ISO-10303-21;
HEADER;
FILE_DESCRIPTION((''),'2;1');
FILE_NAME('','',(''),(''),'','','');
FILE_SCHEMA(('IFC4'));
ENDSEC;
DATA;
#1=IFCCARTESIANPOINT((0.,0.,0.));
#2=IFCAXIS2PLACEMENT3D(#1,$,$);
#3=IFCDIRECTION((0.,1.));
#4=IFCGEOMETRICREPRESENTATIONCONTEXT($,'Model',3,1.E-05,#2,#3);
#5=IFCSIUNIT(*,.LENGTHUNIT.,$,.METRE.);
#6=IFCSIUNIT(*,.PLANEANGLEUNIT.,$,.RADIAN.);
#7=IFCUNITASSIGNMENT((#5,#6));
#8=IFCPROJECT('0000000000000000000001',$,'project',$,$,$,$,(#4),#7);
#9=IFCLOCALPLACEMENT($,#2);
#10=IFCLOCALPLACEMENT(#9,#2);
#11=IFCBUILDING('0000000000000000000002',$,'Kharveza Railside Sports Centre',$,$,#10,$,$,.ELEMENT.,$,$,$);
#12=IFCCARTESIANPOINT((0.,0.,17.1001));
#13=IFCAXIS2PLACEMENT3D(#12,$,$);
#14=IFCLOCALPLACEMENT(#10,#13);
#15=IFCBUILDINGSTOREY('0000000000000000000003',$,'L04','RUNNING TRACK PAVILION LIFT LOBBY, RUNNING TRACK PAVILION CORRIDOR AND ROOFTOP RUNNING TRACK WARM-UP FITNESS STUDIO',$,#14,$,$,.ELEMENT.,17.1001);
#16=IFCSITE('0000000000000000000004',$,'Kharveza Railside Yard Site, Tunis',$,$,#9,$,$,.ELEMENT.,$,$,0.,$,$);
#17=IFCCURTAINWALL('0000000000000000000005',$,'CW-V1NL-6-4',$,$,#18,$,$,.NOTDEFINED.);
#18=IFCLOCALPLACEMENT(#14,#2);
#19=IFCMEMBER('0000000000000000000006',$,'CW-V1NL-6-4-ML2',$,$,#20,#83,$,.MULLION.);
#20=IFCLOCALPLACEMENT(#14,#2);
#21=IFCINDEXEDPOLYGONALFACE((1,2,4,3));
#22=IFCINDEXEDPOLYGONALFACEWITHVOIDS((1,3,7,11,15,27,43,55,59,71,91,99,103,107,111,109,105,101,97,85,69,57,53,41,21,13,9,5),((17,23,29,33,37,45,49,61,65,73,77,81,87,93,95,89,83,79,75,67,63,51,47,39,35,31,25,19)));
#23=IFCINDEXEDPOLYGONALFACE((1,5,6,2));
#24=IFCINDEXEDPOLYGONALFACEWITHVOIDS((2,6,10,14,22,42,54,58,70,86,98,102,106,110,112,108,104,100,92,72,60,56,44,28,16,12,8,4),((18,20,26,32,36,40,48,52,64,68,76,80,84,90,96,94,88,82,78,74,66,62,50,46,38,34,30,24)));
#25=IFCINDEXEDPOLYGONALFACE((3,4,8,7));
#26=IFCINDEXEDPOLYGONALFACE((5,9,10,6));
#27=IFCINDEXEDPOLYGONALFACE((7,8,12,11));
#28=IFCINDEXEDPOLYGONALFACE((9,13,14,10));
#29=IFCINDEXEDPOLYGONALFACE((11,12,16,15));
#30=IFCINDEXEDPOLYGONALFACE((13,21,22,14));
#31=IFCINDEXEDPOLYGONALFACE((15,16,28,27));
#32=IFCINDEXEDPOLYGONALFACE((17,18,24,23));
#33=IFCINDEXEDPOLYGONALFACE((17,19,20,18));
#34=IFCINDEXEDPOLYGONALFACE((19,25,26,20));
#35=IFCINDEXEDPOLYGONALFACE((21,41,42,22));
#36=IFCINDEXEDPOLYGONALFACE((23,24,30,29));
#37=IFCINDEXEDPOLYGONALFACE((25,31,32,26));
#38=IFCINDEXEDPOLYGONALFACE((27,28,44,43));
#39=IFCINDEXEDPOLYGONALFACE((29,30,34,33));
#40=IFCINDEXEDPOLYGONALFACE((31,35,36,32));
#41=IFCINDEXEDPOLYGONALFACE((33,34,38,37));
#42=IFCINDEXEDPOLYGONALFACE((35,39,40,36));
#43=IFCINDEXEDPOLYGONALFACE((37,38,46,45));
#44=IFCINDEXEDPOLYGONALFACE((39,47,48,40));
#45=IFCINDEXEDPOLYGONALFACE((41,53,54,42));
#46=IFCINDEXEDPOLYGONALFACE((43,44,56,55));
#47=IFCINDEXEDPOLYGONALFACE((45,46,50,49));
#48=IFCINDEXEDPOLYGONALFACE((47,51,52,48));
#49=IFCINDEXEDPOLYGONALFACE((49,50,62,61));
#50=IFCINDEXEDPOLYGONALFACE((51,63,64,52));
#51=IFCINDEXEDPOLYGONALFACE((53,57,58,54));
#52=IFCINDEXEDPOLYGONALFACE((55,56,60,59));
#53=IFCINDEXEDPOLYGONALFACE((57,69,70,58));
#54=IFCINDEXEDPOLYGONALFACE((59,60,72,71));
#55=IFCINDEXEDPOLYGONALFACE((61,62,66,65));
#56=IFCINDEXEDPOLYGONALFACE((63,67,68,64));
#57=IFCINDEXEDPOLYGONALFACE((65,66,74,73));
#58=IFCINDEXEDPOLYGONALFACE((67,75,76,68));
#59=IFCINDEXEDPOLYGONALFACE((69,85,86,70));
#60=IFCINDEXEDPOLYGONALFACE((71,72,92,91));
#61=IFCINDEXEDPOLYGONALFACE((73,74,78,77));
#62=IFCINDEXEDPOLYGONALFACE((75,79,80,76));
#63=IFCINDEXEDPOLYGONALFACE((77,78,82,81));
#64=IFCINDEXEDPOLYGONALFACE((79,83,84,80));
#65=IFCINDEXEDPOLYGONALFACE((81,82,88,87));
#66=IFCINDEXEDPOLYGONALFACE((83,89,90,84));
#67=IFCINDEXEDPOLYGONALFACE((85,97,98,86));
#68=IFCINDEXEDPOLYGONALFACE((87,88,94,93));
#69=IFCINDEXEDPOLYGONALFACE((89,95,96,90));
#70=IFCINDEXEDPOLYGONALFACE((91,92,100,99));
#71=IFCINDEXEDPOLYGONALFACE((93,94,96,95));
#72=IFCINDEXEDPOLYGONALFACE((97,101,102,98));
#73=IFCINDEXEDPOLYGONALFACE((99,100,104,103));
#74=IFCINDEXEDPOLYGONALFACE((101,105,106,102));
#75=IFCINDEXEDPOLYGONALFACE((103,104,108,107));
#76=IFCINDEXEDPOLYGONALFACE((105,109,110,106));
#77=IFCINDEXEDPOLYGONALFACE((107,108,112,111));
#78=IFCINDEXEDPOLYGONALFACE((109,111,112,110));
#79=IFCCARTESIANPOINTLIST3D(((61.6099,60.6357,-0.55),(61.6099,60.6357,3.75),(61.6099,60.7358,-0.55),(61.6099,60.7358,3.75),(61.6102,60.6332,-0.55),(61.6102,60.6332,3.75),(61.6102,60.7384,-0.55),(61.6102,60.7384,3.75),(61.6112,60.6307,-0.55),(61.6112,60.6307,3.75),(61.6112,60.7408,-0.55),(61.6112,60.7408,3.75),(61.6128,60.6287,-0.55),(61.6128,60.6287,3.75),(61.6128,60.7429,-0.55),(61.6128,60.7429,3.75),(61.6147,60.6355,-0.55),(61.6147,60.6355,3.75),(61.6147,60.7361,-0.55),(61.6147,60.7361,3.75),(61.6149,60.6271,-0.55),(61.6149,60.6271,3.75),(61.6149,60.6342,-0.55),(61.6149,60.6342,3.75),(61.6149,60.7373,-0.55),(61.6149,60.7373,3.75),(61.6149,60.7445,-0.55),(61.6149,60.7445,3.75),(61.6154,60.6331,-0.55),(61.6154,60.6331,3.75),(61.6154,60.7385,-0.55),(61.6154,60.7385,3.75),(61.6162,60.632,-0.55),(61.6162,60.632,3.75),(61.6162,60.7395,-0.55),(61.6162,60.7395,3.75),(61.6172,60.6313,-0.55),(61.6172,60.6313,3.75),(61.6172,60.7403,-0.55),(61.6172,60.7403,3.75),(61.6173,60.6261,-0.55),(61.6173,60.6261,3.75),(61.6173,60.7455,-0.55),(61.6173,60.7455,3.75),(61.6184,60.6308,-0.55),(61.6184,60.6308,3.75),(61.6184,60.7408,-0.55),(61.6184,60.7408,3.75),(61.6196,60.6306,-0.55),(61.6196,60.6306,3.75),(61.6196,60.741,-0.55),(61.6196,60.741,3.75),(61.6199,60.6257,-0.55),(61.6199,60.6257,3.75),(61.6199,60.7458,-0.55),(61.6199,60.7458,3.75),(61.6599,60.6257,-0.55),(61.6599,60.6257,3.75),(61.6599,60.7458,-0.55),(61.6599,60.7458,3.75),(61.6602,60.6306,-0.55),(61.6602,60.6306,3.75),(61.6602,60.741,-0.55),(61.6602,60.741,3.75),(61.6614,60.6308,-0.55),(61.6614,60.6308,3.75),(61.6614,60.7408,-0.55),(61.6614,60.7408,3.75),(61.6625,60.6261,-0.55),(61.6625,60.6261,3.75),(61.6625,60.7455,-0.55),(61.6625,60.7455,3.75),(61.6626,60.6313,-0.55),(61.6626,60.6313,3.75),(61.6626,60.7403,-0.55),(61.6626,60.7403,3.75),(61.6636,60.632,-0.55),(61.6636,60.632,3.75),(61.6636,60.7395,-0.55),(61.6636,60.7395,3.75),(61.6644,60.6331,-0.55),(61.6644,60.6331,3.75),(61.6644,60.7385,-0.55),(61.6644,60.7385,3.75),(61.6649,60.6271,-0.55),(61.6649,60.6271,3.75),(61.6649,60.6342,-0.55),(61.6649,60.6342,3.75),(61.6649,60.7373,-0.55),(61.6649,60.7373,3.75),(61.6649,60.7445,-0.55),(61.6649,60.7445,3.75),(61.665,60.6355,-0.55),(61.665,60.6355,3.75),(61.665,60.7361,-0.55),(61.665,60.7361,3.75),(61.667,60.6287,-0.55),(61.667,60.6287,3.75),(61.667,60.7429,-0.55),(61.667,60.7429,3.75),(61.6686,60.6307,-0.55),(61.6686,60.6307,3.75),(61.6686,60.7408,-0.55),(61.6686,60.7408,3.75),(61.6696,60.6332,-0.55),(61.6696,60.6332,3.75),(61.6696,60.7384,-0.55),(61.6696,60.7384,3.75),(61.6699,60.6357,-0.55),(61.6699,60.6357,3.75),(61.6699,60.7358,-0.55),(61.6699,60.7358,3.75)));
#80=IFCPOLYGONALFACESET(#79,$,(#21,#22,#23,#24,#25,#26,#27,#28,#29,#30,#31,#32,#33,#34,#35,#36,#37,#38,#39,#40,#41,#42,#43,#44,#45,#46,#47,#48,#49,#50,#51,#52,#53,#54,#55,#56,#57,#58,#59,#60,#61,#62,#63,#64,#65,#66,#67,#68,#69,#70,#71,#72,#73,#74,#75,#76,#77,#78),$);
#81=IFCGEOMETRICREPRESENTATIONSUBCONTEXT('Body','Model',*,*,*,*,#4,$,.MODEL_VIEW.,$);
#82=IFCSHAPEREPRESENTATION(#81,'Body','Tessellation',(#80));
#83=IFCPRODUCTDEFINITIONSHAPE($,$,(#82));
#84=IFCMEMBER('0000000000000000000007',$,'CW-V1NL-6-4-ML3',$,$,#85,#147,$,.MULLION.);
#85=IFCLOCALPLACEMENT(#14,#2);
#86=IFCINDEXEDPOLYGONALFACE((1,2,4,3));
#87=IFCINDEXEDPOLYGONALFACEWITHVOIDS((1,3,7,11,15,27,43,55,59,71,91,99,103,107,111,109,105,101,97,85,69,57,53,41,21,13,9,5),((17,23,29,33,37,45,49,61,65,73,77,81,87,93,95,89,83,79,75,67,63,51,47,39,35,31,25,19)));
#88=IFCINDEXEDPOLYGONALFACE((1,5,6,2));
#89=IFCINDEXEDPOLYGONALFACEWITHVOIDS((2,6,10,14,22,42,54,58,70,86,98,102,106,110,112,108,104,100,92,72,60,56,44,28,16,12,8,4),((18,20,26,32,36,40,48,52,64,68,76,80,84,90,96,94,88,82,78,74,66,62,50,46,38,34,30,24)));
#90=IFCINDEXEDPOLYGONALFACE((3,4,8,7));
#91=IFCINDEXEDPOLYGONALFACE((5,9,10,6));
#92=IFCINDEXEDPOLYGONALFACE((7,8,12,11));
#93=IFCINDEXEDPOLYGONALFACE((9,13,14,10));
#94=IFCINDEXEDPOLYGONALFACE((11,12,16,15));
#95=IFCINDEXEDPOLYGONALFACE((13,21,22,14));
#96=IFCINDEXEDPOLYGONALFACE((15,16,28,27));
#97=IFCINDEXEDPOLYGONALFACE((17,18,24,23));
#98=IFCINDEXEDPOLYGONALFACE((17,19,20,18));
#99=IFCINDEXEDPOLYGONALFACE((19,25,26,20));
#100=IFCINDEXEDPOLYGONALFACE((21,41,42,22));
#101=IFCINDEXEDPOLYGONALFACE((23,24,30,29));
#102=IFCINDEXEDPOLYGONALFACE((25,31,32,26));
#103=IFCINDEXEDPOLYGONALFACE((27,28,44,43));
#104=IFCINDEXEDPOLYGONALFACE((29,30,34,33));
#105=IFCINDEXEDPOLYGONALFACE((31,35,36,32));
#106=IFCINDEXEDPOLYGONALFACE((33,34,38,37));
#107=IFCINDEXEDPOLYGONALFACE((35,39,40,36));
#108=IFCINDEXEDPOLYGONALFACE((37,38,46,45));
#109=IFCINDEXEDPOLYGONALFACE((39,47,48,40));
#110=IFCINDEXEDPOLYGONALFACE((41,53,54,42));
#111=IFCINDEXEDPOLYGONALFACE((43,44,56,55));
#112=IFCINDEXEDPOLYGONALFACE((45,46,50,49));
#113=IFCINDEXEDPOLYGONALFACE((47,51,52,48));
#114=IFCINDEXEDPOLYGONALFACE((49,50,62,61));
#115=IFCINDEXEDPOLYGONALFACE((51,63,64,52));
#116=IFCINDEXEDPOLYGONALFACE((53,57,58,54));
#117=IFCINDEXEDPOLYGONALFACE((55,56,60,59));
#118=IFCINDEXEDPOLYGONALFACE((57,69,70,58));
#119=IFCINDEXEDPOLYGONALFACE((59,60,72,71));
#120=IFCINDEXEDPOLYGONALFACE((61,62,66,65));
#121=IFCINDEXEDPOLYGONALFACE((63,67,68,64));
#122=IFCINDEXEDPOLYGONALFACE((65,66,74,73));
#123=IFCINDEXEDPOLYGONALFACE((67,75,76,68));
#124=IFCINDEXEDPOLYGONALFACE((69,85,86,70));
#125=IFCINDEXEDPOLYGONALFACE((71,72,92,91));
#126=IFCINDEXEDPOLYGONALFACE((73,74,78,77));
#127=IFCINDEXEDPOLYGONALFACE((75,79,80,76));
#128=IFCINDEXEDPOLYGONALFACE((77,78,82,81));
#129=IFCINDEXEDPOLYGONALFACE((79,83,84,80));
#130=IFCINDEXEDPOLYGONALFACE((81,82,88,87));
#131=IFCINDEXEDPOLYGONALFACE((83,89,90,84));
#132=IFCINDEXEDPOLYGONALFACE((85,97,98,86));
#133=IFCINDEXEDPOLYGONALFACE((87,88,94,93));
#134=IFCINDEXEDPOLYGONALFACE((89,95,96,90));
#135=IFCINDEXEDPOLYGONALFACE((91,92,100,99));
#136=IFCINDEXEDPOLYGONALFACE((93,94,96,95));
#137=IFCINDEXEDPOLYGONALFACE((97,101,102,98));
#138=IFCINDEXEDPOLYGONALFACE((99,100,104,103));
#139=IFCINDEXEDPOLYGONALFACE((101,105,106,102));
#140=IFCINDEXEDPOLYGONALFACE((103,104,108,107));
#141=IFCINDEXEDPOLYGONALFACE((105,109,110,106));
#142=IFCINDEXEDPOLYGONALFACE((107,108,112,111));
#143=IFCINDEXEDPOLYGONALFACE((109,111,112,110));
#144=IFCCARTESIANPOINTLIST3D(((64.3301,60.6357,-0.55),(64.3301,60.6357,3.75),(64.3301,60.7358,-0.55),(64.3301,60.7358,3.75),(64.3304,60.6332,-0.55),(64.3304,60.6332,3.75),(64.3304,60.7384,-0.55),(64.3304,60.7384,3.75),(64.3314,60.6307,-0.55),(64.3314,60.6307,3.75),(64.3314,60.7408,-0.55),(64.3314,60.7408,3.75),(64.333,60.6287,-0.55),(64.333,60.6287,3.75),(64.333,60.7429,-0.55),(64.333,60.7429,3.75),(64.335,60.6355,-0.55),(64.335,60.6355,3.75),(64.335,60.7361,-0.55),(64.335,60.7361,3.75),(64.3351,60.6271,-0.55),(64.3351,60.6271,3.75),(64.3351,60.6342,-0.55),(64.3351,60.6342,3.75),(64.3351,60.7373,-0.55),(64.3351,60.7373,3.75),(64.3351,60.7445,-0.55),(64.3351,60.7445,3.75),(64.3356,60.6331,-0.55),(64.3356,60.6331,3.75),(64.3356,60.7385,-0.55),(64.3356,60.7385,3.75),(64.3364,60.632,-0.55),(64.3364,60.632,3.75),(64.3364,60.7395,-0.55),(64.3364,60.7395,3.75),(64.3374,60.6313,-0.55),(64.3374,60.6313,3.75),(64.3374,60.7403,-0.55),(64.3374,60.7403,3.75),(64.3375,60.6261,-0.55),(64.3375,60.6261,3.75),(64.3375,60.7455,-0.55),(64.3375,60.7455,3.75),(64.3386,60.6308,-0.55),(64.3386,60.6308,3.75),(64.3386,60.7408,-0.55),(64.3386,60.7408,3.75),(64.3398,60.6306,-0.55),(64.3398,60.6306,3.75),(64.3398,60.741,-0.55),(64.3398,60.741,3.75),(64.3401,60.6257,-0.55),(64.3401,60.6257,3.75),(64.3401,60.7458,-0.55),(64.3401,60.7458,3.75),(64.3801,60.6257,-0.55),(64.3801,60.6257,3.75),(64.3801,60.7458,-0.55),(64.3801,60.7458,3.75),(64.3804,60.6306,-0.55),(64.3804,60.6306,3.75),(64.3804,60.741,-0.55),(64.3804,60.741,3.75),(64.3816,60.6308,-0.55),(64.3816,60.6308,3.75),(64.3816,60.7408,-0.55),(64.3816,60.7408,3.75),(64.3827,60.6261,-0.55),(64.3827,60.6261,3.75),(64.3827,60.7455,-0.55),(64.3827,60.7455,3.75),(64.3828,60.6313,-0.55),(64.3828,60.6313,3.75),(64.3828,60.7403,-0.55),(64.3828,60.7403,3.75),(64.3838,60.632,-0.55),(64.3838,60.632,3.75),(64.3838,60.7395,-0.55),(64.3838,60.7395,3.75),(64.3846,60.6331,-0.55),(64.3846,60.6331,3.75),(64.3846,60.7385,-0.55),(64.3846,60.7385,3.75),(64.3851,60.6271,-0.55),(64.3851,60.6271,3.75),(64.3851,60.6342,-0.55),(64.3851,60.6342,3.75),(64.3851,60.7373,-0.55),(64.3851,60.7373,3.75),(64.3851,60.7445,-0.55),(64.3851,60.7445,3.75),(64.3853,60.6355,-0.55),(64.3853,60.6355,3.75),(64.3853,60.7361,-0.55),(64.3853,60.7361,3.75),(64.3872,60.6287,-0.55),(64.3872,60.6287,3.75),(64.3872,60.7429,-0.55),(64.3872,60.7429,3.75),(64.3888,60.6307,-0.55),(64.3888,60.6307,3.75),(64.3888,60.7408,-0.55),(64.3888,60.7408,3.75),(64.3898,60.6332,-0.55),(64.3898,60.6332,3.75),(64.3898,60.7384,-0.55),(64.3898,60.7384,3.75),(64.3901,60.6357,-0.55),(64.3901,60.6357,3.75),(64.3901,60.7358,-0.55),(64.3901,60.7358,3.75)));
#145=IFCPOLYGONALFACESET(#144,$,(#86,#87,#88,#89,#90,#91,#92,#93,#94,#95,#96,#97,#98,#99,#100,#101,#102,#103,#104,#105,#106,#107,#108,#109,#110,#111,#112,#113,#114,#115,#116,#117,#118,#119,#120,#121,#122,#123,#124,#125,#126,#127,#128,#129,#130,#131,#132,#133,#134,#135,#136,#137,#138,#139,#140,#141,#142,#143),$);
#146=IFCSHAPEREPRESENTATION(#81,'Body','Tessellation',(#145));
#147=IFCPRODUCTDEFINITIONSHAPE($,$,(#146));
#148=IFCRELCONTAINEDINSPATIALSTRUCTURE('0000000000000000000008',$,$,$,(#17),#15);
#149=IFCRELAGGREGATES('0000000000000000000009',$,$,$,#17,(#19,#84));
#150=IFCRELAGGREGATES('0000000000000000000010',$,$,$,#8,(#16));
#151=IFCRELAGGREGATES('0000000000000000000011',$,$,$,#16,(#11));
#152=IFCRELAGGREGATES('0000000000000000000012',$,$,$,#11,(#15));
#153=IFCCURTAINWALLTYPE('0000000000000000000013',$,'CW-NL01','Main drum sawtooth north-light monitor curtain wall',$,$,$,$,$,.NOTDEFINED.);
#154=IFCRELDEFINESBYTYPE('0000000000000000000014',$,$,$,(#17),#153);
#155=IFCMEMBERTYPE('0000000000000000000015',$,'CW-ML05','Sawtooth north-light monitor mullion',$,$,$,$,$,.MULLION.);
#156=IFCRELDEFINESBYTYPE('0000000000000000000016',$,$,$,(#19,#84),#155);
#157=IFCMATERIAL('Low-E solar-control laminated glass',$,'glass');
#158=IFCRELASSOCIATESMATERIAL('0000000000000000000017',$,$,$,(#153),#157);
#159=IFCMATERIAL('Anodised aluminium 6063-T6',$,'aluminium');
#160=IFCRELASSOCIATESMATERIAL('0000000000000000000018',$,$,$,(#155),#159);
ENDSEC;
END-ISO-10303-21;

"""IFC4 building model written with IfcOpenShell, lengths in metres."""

from ifc_helpers import new_model, si_unit, direction, frame, origin, origin_2d, place, context, subcontext, project, spatial, hollow_rectangle, extrude, material, material_profile, profile_set, type_object, element, aggregate, save


model = new_model("IFC4")

# Units and contexts
model_context = context("Model", 3, precision=1e-05, world=origin(), true_north=direction((0.0, 1.0)))
body_context = subcontext(model_context, "Body", "Model", "MODEL_VIEW")
ifc_project = project(units=[si_unit("LENGTHUNIT", "METRE"), si_unit("PLANEANGLEUNIT", "RADIAN")], contexts=[model_context])

# Site, building, storey
site_placement = place(None, origin())
site = spatial("IfcSite", under=ifc_project, at=site_placement, Name="Kharveza Railside Yard Site, Tunis", CompositionType="ELEMENT", RefElevation=0.0)
building_placement = place(site_placement, origin())
building = spatial("IfcBuilding", under=site, at=building_placement, Name="Kharveza Railside Sports Centre", CompositionType="ELEMENT")
storey_placement = place(building_placement, frame((0.0, 0.0, 17.1001)))
storey = spatial("IfcBuildingStorey", under=building, at=storey_placement, Name="L04", Description="RUNNING TRACK PAVILION LIFT LOBBY, RUNNING TRACK PAVILION CORRIDOR AND ROOFTOP RUNNING TRACK WARM-UP FITNESS STUDIO", CompositionType="ELEMENT", Elevation=17.1001)

# Curtain wall, members
ifc_material_1 = material(Name="Low-E solar-control laminated glass", Category="glass")
curtain_wall_type = type_object("IfcCurtainWallType", Name="CW-NL01", Description="Main drum sawtooth north-light monitor curtain wall", PredefinedType="NOTDEFINED", material=ifc_material_1)
curtain_wall_1_placement = place(storey_placement, origin())
curtain_wall_1 = element("IfcCurtainWall", 1, at=curtain_wall_1_placement, inside=storey, type_object=curtain_wall_type, Name="CW-V1NL-6-4", PredefinedType="NOTDEFINED")
ifc_material_2 = material(Name="Anodised aluminium 6063-T6", Category="aluminium")
ifc_material_profile_1 = material_profile(ifc_material_2, hollow_rectangle(XDim=0.0601, YDim=0.1201, WallThickness=0.0049, InnerFilletRadius=0.0049, OuterFilletRadius=0.01, at=origin_2d()), Name="RHS 60x120x5.0")
ifc_profile_set_1 = profile_set([ifc_material_profile_1], Name="Anodised aluminium 6063-T6")
member_type_1 = type_object("IfcMemberType", Name="CW-ML05", Description="Sawtooth north-light monitor mullion", PredefinedType="MULLION", material=ifc_profile_set_1)
member_1_placement = place(storey_placement, frame((61.6399, 60.6858, -0.55), z_axis=(0.0, 0.0, 1.0), x_axis=(1.0, 0.0, 0.0)))
member_1 = element("IfcMember", 2, at=member_1_placement, type_object=member_type_1, Name="CW-V1NL-6-4-ML2", PredefinedType="MULLION", context=body_context, shape_type="SweptSolid", body=[
    extrude(hollow_rectangle(XDim=0.0601, YDim=0.1201, WallThickness=0.0049, InnerFilletRadius=0.0049, OuterFilletRadius=0.01, at=origin_2d()), origin(), (0.0, 0.0, 1.0), 4.3),
])
member_2_placement = place(storey_placement, frame((64.3601, 60.6858, -0.55), z_axis=(0.0, 0.0, 1.0), x_axis=(1.0, 0.0, 0.0)))
member_2 = element("IfcMember", 3, at=member_2_placement, type_object=member_type_1, Name="CW-V1NL-6-4-ML3", PredefinedType="MULLION", context=body_context, shape_type="SweptSolid", body=[
    extrude(hollow_rectangle(XDim=0.0601, YDim=0.1201, WallThickness=0.0049, InnerFilletRadius=0.0049, OuterFilletRadius=0.01, at=origin_2d()), origin(), (0.0, 0.0, 1.0), 4.3),
])

aggregate(curtain_wall_1, [member_1, member_2])

save(model, "model.ifc")
